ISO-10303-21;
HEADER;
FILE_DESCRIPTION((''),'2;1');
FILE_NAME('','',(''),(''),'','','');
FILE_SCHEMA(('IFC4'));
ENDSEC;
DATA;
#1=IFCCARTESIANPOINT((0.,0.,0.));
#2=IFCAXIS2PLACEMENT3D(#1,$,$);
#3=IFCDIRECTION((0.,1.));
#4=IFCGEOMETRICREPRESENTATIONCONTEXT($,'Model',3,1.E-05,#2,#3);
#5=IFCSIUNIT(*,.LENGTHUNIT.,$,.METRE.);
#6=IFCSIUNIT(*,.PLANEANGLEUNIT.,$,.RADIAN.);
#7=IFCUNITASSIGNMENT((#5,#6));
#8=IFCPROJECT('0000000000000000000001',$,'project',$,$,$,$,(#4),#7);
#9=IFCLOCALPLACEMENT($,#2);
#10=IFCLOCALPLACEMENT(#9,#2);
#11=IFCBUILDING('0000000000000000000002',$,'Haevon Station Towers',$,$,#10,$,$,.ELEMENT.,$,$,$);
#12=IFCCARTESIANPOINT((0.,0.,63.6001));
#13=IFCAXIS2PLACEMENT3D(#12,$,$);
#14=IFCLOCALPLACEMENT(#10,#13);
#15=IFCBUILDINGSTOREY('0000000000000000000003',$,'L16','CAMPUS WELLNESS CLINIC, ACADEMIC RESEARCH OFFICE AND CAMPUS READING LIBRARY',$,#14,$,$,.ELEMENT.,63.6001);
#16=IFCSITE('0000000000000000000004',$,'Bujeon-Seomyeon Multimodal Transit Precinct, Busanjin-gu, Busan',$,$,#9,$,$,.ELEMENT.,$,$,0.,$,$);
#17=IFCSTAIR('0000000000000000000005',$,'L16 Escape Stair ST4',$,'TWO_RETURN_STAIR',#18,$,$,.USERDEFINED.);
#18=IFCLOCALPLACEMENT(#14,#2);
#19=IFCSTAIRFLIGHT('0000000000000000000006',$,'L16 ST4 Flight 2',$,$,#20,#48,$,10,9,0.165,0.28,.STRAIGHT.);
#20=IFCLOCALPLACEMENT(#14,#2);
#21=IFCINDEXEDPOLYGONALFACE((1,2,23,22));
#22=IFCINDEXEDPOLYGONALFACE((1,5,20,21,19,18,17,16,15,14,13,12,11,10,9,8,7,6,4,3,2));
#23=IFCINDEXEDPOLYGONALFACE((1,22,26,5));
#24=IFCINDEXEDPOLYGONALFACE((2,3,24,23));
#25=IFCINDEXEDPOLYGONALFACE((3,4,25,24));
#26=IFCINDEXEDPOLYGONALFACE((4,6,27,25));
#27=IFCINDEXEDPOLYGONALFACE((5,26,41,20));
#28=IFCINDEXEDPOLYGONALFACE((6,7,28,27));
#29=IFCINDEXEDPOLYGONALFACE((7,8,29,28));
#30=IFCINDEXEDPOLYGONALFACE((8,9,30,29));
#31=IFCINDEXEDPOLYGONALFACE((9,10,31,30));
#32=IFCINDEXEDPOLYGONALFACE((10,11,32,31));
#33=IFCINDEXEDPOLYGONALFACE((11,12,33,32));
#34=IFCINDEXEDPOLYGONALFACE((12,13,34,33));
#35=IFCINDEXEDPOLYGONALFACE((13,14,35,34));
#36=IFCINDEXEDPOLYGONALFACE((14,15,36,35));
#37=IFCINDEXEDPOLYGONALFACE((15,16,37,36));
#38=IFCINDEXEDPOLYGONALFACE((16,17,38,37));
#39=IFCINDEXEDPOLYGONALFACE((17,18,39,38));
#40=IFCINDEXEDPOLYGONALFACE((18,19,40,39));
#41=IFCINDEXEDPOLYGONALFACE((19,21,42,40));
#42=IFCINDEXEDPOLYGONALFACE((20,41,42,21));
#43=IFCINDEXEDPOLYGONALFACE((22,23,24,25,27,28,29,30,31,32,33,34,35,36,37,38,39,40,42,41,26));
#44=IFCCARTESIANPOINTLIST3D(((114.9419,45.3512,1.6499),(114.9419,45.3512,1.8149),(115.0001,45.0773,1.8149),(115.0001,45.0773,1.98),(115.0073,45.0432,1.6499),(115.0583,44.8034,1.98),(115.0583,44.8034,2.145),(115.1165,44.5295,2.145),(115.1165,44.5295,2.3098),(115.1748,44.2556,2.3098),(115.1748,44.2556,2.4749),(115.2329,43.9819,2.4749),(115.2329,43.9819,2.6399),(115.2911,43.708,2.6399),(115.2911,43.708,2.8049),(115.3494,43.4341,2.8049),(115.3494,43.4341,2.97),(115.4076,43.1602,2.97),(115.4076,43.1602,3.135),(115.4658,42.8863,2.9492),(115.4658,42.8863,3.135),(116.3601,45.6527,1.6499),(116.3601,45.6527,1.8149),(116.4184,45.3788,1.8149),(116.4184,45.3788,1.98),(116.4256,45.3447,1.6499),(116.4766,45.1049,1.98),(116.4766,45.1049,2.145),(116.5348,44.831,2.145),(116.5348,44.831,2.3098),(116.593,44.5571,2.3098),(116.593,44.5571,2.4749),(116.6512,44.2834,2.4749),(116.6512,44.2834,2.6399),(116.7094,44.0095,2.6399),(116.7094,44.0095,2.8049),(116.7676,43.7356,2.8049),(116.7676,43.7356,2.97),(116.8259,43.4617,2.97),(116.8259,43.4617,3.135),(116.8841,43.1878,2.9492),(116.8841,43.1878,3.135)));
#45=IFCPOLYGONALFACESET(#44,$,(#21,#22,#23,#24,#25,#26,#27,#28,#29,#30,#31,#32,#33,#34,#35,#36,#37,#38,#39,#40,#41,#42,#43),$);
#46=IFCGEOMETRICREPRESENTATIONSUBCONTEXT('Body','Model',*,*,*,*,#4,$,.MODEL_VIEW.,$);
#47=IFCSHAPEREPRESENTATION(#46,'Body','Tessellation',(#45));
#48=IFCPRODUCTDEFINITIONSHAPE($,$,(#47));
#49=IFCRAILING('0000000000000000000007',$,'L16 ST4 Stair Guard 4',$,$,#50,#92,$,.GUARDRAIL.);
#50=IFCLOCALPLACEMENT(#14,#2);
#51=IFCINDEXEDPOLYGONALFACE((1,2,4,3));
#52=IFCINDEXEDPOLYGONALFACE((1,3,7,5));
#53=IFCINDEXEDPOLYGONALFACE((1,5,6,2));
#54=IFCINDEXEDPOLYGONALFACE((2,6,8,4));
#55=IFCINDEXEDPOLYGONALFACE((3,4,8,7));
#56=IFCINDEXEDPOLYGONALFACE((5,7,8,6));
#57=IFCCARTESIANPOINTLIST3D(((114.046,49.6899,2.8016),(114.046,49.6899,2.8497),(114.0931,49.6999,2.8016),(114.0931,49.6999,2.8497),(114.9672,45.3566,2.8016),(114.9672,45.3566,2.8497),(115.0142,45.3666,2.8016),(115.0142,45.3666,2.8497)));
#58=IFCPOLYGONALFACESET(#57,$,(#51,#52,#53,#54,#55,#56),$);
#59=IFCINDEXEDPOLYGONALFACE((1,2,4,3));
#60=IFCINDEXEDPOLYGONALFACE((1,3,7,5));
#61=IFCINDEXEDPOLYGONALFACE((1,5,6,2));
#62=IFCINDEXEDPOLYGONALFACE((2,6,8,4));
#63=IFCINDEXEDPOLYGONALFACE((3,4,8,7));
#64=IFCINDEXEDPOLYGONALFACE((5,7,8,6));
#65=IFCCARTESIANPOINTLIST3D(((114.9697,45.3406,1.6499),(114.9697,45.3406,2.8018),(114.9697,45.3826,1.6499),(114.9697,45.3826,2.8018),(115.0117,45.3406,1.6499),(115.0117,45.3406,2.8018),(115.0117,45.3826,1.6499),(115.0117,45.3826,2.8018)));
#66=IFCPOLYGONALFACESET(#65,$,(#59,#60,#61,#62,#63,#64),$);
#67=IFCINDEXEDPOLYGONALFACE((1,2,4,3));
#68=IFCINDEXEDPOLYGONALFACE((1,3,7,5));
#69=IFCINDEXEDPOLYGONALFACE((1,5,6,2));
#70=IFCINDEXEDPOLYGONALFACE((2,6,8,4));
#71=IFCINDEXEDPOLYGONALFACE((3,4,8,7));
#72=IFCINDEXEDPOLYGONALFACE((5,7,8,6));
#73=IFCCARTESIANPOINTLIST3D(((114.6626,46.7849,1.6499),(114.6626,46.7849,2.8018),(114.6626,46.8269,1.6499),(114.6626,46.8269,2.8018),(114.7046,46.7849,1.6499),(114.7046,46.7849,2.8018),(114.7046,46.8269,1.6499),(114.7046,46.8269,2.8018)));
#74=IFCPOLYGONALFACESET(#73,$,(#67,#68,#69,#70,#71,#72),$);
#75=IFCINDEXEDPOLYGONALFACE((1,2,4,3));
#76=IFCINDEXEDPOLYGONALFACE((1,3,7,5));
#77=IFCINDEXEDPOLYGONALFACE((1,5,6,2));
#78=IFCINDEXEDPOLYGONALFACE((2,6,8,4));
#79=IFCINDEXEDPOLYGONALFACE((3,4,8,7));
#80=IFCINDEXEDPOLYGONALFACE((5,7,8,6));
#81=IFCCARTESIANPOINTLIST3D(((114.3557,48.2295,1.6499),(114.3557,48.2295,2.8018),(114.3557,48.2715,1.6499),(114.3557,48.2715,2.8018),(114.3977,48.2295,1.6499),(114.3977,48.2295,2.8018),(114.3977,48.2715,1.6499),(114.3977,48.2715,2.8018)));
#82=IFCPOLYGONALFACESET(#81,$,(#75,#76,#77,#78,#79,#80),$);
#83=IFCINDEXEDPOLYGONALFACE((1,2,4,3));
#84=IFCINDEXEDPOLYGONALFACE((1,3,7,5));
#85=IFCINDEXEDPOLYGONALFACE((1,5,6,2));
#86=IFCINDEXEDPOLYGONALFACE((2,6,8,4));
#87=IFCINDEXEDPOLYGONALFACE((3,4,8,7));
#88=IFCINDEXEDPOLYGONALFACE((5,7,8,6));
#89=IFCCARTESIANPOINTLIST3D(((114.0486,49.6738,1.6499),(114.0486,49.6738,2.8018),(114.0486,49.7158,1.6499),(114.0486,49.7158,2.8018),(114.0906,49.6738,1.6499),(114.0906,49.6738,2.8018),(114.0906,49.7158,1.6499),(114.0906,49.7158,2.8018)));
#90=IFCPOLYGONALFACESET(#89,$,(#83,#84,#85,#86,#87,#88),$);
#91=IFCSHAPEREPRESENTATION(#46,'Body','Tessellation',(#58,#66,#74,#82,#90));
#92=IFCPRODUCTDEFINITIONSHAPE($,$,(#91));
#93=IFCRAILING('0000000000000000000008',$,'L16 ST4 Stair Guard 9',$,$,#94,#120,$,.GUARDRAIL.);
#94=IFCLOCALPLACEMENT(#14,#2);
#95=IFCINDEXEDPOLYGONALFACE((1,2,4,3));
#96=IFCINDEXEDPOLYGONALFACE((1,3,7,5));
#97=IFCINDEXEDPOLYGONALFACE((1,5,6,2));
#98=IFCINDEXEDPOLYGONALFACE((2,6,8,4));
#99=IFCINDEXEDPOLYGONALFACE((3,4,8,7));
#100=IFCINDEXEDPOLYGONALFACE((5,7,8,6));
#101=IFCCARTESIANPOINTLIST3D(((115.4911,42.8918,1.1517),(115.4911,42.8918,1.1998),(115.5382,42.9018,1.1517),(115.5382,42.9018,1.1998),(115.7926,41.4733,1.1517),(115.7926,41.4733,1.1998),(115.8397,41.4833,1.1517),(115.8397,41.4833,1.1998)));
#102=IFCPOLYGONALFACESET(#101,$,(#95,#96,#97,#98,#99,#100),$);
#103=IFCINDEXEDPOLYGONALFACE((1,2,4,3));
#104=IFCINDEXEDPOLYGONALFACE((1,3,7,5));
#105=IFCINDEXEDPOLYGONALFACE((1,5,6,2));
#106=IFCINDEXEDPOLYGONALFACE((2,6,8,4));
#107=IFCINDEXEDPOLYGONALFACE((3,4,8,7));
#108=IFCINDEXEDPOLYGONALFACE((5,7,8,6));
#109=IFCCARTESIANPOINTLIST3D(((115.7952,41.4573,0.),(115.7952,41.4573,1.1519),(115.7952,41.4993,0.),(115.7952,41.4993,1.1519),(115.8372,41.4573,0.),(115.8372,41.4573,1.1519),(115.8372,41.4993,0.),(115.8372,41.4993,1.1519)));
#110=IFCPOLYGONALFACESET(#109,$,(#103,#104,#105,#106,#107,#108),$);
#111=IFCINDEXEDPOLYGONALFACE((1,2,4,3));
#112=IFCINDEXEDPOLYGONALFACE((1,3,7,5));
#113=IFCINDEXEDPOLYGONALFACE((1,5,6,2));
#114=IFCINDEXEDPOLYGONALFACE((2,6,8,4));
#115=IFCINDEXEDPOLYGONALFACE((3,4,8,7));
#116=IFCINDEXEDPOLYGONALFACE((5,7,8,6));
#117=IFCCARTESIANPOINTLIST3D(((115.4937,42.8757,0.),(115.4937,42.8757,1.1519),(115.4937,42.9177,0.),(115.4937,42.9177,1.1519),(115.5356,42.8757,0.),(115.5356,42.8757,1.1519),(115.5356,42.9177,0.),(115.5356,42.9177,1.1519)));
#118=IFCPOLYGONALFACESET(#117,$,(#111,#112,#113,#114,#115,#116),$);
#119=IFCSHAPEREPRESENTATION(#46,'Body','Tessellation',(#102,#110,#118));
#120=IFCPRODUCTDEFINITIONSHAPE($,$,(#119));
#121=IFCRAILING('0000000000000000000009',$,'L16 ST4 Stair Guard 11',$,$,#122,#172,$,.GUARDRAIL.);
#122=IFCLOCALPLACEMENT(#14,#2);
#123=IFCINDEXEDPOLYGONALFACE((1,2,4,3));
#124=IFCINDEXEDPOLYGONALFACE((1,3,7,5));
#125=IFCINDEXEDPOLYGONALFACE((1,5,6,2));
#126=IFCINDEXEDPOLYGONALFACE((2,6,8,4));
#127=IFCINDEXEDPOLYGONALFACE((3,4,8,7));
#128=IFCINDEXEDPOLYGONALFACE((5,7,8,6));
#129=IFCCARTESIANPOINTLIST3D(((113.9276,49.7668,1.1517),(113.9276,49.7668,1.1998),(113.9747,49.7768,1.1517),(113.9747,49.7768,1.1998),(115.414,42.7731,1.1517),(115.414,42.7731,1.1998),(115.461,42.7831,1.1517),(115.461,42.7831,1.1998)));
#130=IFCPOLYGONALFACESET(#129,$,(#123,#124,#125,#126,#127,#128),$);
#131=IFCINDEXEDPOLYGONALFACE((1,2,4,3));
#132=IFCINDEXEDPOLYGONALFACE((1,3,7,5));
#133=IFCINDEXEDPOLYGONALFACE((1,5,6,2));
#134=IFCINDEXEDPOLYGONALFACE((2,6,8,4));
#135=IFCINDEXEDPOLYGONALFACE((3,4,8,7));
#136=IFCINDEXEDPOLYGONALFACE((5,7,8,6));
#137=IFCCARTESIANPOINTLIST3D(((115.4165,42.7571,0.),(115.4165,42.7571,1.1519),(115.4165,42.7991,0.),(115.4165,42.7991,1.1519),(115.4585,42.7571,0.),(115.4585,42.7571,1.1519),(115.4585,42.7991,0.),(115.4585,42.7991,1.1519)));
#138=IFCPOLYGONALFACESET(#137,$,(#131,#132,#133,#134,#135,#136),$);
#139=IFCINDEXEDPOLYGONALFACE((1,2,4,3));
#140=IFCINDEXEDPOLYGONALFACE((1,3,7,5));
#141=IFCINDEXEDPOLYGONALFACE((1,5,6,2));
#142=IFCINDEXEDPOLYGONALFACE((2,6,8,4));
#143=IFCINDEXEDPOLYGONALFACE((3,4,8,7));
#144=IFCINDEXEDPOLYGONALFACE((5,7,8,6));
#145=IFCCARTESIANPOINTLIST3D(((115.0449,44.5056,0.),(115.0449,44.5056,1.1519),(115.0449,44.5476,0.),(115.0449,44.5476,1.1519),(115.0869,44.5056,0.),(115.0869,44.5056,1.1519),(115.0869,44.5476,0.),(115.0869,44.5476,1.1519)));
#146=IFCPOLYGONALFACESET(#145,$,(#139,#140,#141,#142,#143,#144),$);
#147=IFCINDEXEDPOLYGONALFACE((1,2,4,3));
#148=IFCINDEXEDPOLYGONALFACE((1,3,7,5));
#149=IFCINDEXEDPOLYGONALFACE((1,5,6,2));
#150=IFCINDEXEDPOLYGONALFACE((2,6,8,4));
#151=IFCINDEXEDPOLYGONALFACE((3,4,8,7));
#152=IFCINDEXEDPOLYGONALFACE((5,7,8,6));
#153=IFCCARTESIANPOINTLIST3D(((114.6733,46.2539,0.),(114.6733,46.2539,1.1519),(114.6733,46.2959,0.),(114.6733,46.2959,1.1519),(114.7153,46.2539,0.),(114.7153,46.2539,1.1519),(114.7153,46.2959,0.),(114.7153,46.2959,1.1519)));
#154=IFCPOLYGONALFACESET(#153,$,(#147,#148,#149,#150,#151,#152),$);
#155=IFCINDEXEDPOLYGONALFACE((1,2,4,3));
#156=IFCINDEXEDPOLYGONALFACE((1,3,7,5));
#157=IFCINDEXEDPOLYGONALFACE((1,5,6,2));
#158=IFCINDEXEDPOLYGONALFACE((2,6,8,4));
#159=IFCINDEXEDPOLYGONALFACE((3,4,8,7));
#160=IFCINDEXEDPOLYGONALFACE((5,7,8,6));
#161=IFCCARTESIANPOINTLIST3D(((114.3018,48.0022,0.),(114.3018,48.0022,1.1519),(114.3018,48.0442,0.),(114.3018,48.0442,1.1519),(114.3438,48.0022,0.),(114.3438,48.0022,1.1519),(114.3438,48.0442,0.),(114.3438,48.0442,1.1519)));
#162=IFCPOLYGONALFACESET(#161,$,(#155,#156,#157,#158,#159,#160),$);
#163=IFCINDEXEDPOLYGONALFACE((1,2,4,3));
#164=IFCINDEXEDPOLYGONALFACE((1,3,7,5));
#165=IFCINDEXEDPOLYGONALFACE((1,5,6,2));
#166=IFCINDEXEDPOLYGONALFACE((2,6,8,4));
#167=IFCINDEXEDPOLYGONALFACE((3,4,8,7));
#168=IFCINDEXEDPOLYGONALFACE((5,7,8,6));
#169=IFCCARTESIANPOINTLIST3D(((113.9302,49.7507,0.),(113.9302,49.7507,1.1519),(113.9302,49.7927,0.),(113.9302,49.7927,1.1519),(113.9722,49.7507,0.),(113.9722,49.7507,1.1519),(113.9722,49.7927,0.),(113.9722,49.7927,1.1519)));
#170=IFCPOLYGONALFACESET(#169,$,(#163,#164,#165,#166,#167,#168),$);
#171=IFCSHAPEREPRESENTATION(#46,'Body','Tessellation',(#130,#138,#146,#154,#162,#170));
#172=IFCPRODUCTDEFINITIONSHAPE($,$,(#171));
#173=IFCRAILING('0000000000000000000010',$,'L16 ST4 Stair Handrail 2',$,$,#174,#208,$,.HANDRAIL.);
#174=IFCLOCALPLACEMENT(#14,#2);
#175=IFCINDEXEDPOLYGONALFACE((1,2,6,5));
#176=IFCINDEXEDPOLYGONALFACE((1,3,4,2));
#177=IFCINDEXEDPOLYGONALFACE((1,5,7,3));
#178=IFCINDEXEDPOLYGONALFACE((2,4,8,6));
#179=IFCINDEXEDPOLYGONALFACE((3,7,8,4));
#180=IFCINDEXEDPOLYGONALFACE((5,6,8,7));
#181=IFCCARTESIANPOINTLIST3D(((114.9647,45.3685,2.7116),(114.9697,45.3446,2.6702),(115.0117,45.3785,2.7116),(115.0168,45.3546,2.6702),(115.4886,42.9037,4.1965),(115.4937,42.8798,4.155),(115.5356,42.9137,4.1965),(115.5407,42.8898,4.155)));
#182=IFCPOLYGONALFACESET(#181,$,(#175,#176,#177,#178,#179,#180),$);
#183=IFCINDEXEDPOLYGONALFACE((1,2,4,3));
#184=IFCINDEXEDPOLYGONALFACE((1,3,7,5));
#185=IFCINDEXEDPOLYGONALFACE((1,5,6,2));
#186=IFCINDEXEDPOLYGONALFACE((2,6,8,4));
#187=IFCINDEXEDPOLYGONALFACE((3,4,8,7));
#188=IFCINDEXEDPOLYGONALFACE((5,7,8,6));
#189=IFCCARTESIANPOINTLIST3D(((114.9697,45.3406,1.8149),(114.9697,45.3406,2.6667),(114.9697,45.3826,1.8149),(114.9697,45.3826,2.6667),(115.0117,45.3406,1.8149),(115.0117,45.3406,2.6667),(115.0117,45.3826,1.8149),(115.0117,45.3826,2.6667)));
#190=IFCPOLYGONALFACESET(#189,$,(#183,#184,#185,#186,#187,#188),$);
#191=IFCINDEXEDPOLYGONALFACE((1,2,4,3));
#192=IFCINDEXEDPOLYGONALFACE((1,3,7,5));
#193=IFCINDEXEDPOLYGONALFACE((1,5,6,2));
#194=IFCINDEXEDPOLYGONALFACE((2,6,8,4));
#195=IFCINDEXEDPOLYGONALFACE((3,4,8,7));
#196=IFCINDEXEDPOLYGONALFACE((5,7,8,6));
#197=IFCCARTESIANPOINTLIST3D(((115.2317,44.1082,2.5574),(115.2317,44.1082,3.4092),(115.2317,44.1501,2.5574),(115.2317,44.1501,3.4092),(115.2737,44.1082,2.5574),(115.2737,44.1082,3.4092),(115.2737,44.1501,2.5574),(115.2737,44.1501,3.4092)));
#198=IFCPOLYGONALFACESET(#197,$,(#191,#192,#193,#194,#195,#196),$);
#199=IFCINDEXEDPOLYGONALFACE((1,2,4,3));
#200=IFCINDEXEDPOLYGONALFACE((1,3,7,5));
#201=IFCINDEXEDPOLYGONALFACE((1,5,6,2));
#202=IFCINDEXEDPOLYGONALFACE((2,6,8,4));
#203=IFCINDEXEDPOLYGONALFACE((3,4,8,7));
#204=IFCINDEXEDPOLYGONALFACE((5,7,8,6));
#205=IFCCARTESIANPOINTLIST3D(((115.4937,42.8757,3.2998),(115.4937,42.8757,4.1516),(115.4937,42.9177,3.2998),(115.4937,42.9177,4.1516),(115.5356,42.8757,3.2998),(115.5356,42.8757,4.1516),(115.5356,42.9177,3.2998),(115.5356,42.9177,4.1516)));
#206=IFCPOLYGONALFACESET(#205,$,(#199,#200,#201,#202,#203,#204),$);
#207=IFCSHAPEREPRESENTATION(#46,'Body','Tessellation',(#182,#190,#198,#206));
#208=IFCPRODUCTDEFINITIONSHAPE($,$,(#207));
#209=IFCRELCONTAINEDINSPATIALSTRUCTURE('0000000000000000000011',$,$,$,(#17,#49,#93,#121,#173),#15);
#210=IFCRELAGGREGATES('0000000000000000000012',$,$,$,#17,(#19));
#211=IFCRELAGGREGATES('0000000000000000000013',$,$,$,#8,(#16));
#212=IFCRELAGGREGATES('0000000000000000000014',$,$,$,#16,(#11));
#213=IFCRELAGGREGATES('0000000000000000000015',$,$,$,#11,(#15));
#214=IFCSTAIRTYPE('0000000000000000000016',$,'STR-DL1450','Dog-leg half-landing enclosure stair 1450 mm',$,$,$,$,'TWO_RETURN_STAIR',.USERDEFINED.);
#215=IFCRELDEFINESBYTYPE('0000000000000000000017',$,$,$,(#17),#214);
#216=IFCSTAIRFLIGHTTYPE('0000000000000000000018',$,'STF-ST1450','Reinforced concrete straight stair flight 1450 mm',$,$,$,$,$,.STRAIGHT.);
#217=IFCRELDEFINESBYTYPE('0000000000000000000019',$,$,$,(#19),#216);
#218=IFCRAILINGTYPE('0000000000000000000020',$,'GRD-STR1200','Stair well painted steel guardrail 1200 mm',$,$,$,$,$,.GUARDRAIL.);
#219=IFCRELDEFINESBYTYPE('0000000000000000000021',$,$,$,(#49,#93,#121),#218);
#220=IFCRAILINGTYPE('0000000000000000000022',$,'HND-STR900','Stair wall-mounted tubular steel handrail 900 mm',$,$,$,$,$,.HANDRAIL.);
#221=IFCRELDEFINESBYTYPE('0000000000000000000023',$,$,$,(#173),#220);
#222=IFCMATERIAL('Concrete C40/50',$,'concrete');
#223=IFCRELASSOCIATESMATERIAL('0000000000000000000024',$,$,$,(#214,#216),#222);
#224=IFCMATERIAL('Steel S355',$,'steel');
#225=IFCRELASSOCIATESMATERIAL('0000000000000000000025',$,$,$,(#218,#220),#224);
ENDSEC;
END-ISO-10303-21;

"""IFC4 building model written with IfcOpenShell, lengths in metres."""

from ifc_helpers import new_model, si_unit, direction, frame, origin, origin_2d, place, context, subcontext, project, spatial, polyline, rectangle, outline, extrude, material, type_object, element, aggregate, save


model = new_model("IFC4")

# Units and contexts
model_context = context("Model", 3, precision=1e-05, world=origin(), true_north=direction((0.0, 1.0)))
body_context = subcontext(model_context, "Body", "Model", "MODEL_VIEW")
ifc_project = project(units=[si_unit("LENGTHUNIT", "METRE"), si_unit("PLANEANGLEUNIT", "RADIAN")], contexts=[model_context])

# Site, building, storey
site_placement = place(None, origin())
site = spatial("IfcSite", under=ifc_project, at=site_placement, Name="Bujeon-Seomyeon Multimodal Transit Precinct, Busanjin-gu, Busan", CompositionType="ELEMENT", RefElevation=0.0)
building_placement = place(site_placement, origin())
building = spatial("IfcBuilding", under=site, at=building_placement, Name="Haevon Station Towers", CompositionType="ELEMENT")
storey_placement = place(building_placement, frame((0.0, 0.0, 63.6001)))
storey = spatial("IfcBuildingStorey", under=building, at=storey_placement, Name="L16", Description="CAMPUS WELLNESS CLINIC, ACADEMIC RESEARCH OFFICE AND CAMPUS READING LIBRARY", CompositionType="ELEMENT", Elevation=63.6001)

# Shared definitions
ifc_material_1 = material(Name="Steel S355", Category="steel")

# Shared definitions
ifc_material_2 = material(Name="Concrete C40/50", Category="concrete")

# Stair, stair flight
stair_type = type_object("IfcStairType", Name="STR-DL1450", Description="Dog-leg half-landing enclosure stair 1450 mm", ElementType="TWO_RETURN_STAIR", PredefinedType="USERDEFINED", material=ifc_material_2)
stair_placement = place(storey_placement, origin())
stair = element("IfcStair", 1, at=stair_placement, inside=storey, type_object=stair_type, Name="L16 Escape Stair ST4", ObjectType="TWO_RETURN_STAIR", PredefinedType="USERDEFINED")
stair_flight_type = type_object("IfcStairFlightType", Name="STF-ST1450", Description="Reinforced concrete straight stair flight 1450 mm", PredefinedType="STRAIGHT", material=ifc_material_2)
stair_flight_placement = place(storey_placement, frame((115.6509, 45.502, 1.6499), z_axis=(0.0, 0.0, 1.0), x_axis=(0.207912, -0.978148, 0.0)))
stair_flight = element("IfcStairFlight", 2, at=stair_flight_placement, type_object=stair_flight_type, Name="L16 ST4 Flight 2", NumberOfRisers=10, NumberOfTreads=9, PredefinedType="STRAIGHT", RiserHeight=0.165, TreadLength=0.28, context=body_context, shape_type="SweptSolid", body=[
    extrude(outline(polyline([(0.0, 0.0), (0.0, 0.165), (0.28, 0.165), (0.28, 0.3301), (0.5601, 0.3301), (0.5601, 0.4951), (0.8401, 0.4951), (0.8401, 0.6599), (1.1201, 0.6599), (1.1201, 0.825), (1.3999, 0.825), (1.3999, 0.99), (1.6799, 0.99), (1.6799, 1.155), (1.96, 1.155), (1.96, 1.3201), (2.24, 1.3201), (2.24, 1.4851), (2.52, 1.4851), (2.52, 1.6499), (2.52, 1.2993), (0.3149, 0.0), (0.0, 0.0)])), frame((0.0, 0.7251, 0.0), z_axis=(0.0, -1.0, 0.0), x_axis=(1.0, 0.0, 0.0)), (0.0, 0.0, 1.0), 1.45),
])
aggregate(stair, [stair_flight])

# Railings
railing_type_1 = type_object("IfcRailingType", Name="GRD-STR1200", Description="Stair well painted steel guardrail 1200 mm", PredefinedType="GUARDRAIL", material=ifc_material_1)
railing_1_placement = place(storey_placement, frame((114.9907, 45.3616, 1.6499)))
element("IfcRailing", 3, at=railing_1_placement, inside=storey, type_object=railing_type_1, Name="L16 ST4 Stair Guard 4", PredefinedType="GUARDRAIL", context=body_context, shape_type="SweptSolid", body=[
    extrude(rectangle(XDim=0.0481, YDim=0.0481, at=origin_2d()), frame((0.0, 0.0, 1.1758), z_axis=(-0.207929, 0.978144, 0.0), x_axis=(-0.978144, -0.207929, 0.0)), (0.0, 0.0, 1.0), 4.4302),
    extrude(rectangle(XDim=0.042, YDim=0.042, at=origin_2d()), origin(), (0.0, 0.0, 1.0), 1.1519),
    extrude(rectangle(XDim=0.042, YDim=0.042, at=origin_2d()), frame((-0.3071, 1.4443, 0.0)), (0.0, 0.0, 1.0), 1.1519),
    extrude(rectangle(XDim=0.042, YDim=0.042, at=origin_2d()), frame((-0.614, 2.8889, 0.0)), (0.0, 0.0, 1.0), 1.1519),
    extrude(rectangle(XDim=0.042, YDim=0.042, at=origin_2d()), frame((-0.9211, 4.3333, 0.0)), (0.0, 0.0, 1.0), 1.1519),
])
railing_2_placement = place(storey_placement, frame((115.8162, 41.4783, 0.0)))
element("IfcRailing", 4, at=railing_2_placement, inside=storey, type_object=railing_type_1, Name="L16 ST4 Stair Guard 9", PredefinedType="GUARDRAIL", context=body_context, shape_type="SweptSolid", body=[
    extrude(rectangle(XDim=0.0481, YDim=0.0481, at=origin_2d()), frame((0.0, 0.0, 1.1758), z_axis=(-0.207919, 0.978146, 0.0), x_axis=(-0.978146, -0.207919, 0.0)), (0.0, 0.0, 1.0), 1.4502),
    extrude(rectangle(XDim=0.042, YDim=0.042, at=origin_2d()), origin(), (0.0, 0.0, 1.0), 1.1519),
    extrude(rectangle(XDim=0.042, YDim=0.042, at=origin_2d()), frame((-0.3015, 1.4185, 0.0)), (0.0, 0.0, 1.0), 1.1519),
])
railing_3_placement = place(storey_placement, frame((115.4375, 42.7781, 0.0)))
element("IfcRailing", 5, at=railing_3_placement, inside=storey, type_object=railing_type_1, Name="L16 ST4 Stair Guard 11", PredefinedType="GUARDRAIL", context=body_context, shape_type="SweptSolid", body=[
    extrude(rectangle(XDim=0.0481, YDim=0.0481, at=origin_2d()), frame((0.0, 0.0, 1.1758), z_axis=(-0.207882, 0.978154, 0.0), x_axis=(-0.978154, -0.207882, 0.0)), (0.0, 0.0, 1.0), 7.1499),
    extrude(rectangle(XDim=0.042, YDim=0.042, at=origin_2d()), origin(), (0.0, 0.0, 1.0), 1.1519),
    extrude(rectangle(XDim=0.042, YDim=0.042, at=origin_2d()), frame((-0.3716, 1.7485, 0.0)), (0.0, 0.0, 1.0), 1.1519),
    extrude(rectangle(XDim=0.042, YDim=0.042, at=origin_2d()), frame((-0.7432, 3.4968, 0.0)), (0.0, 0.0, 1.0), 1.1519),
    extrude(rectangle(XDim=0.042, YDim=0.042, at=origin_2d()), frame((-1.1147, 5.2451, 0.0)), (0.0, 0.0, 1.0), 1.1519),
    extrude(rectangle(XDim=0.042, YDim=0.042, at=origin_2d()), frame((-1.4863, 6.9937, 0.0)), (0.0, 0.0, 1.0), 1.1519),
])
railing_type_2 = type_object("IfcRailingType", Name="HND-STR900", Description="Stair wall-mounted tubular steel handrail 900 mm", PredefinedType="HANDRAIL", material=ifc_material_1)
railing_4_placement = place(storey_placement, frame((114.9907, 45.3616, 1.8149)))
element("IfcRailing", 6, at=railing_4_placement, inside=storey, type_object=railing_type_2, Name="L16 ST4 Stair Handrail 2", PredefinedType="HANDRAIL", context=body_context, shape_type="SweptSolid", body=[
    extrude(rectangle(XDim=0.0481, YDim=0.0481, at=origin_2d()), frame((0.0, 0.0, 0.876), z_axis=(0.179129, -0.842724, 0.507671), x_axis=(0.978147, 0.207914, 0.0)), (0.0, 0.0, 1.0), 2.9248),
    extrude(rectangle(XDim=0.042, YDim=0.042, at=origin_2d()), origin(), (0.0, 0.0, 1.0), 0.8518),
    extrude(rectangle(XDim=0.042, YDim=0.042, at=origin_2d()), frame((0.262, -1.2324, 0.7424)), (0.0, 0.0, 1.0), 0.8518),
    extrude(rectangle(XDim=0.042, YDim=0.042, at=origin_2d()), frame((0.5239, -2.4648, 1.4849)), (0.0, 0.0, 1.0), 0.8518),
])

save(model, "model.ifc")
